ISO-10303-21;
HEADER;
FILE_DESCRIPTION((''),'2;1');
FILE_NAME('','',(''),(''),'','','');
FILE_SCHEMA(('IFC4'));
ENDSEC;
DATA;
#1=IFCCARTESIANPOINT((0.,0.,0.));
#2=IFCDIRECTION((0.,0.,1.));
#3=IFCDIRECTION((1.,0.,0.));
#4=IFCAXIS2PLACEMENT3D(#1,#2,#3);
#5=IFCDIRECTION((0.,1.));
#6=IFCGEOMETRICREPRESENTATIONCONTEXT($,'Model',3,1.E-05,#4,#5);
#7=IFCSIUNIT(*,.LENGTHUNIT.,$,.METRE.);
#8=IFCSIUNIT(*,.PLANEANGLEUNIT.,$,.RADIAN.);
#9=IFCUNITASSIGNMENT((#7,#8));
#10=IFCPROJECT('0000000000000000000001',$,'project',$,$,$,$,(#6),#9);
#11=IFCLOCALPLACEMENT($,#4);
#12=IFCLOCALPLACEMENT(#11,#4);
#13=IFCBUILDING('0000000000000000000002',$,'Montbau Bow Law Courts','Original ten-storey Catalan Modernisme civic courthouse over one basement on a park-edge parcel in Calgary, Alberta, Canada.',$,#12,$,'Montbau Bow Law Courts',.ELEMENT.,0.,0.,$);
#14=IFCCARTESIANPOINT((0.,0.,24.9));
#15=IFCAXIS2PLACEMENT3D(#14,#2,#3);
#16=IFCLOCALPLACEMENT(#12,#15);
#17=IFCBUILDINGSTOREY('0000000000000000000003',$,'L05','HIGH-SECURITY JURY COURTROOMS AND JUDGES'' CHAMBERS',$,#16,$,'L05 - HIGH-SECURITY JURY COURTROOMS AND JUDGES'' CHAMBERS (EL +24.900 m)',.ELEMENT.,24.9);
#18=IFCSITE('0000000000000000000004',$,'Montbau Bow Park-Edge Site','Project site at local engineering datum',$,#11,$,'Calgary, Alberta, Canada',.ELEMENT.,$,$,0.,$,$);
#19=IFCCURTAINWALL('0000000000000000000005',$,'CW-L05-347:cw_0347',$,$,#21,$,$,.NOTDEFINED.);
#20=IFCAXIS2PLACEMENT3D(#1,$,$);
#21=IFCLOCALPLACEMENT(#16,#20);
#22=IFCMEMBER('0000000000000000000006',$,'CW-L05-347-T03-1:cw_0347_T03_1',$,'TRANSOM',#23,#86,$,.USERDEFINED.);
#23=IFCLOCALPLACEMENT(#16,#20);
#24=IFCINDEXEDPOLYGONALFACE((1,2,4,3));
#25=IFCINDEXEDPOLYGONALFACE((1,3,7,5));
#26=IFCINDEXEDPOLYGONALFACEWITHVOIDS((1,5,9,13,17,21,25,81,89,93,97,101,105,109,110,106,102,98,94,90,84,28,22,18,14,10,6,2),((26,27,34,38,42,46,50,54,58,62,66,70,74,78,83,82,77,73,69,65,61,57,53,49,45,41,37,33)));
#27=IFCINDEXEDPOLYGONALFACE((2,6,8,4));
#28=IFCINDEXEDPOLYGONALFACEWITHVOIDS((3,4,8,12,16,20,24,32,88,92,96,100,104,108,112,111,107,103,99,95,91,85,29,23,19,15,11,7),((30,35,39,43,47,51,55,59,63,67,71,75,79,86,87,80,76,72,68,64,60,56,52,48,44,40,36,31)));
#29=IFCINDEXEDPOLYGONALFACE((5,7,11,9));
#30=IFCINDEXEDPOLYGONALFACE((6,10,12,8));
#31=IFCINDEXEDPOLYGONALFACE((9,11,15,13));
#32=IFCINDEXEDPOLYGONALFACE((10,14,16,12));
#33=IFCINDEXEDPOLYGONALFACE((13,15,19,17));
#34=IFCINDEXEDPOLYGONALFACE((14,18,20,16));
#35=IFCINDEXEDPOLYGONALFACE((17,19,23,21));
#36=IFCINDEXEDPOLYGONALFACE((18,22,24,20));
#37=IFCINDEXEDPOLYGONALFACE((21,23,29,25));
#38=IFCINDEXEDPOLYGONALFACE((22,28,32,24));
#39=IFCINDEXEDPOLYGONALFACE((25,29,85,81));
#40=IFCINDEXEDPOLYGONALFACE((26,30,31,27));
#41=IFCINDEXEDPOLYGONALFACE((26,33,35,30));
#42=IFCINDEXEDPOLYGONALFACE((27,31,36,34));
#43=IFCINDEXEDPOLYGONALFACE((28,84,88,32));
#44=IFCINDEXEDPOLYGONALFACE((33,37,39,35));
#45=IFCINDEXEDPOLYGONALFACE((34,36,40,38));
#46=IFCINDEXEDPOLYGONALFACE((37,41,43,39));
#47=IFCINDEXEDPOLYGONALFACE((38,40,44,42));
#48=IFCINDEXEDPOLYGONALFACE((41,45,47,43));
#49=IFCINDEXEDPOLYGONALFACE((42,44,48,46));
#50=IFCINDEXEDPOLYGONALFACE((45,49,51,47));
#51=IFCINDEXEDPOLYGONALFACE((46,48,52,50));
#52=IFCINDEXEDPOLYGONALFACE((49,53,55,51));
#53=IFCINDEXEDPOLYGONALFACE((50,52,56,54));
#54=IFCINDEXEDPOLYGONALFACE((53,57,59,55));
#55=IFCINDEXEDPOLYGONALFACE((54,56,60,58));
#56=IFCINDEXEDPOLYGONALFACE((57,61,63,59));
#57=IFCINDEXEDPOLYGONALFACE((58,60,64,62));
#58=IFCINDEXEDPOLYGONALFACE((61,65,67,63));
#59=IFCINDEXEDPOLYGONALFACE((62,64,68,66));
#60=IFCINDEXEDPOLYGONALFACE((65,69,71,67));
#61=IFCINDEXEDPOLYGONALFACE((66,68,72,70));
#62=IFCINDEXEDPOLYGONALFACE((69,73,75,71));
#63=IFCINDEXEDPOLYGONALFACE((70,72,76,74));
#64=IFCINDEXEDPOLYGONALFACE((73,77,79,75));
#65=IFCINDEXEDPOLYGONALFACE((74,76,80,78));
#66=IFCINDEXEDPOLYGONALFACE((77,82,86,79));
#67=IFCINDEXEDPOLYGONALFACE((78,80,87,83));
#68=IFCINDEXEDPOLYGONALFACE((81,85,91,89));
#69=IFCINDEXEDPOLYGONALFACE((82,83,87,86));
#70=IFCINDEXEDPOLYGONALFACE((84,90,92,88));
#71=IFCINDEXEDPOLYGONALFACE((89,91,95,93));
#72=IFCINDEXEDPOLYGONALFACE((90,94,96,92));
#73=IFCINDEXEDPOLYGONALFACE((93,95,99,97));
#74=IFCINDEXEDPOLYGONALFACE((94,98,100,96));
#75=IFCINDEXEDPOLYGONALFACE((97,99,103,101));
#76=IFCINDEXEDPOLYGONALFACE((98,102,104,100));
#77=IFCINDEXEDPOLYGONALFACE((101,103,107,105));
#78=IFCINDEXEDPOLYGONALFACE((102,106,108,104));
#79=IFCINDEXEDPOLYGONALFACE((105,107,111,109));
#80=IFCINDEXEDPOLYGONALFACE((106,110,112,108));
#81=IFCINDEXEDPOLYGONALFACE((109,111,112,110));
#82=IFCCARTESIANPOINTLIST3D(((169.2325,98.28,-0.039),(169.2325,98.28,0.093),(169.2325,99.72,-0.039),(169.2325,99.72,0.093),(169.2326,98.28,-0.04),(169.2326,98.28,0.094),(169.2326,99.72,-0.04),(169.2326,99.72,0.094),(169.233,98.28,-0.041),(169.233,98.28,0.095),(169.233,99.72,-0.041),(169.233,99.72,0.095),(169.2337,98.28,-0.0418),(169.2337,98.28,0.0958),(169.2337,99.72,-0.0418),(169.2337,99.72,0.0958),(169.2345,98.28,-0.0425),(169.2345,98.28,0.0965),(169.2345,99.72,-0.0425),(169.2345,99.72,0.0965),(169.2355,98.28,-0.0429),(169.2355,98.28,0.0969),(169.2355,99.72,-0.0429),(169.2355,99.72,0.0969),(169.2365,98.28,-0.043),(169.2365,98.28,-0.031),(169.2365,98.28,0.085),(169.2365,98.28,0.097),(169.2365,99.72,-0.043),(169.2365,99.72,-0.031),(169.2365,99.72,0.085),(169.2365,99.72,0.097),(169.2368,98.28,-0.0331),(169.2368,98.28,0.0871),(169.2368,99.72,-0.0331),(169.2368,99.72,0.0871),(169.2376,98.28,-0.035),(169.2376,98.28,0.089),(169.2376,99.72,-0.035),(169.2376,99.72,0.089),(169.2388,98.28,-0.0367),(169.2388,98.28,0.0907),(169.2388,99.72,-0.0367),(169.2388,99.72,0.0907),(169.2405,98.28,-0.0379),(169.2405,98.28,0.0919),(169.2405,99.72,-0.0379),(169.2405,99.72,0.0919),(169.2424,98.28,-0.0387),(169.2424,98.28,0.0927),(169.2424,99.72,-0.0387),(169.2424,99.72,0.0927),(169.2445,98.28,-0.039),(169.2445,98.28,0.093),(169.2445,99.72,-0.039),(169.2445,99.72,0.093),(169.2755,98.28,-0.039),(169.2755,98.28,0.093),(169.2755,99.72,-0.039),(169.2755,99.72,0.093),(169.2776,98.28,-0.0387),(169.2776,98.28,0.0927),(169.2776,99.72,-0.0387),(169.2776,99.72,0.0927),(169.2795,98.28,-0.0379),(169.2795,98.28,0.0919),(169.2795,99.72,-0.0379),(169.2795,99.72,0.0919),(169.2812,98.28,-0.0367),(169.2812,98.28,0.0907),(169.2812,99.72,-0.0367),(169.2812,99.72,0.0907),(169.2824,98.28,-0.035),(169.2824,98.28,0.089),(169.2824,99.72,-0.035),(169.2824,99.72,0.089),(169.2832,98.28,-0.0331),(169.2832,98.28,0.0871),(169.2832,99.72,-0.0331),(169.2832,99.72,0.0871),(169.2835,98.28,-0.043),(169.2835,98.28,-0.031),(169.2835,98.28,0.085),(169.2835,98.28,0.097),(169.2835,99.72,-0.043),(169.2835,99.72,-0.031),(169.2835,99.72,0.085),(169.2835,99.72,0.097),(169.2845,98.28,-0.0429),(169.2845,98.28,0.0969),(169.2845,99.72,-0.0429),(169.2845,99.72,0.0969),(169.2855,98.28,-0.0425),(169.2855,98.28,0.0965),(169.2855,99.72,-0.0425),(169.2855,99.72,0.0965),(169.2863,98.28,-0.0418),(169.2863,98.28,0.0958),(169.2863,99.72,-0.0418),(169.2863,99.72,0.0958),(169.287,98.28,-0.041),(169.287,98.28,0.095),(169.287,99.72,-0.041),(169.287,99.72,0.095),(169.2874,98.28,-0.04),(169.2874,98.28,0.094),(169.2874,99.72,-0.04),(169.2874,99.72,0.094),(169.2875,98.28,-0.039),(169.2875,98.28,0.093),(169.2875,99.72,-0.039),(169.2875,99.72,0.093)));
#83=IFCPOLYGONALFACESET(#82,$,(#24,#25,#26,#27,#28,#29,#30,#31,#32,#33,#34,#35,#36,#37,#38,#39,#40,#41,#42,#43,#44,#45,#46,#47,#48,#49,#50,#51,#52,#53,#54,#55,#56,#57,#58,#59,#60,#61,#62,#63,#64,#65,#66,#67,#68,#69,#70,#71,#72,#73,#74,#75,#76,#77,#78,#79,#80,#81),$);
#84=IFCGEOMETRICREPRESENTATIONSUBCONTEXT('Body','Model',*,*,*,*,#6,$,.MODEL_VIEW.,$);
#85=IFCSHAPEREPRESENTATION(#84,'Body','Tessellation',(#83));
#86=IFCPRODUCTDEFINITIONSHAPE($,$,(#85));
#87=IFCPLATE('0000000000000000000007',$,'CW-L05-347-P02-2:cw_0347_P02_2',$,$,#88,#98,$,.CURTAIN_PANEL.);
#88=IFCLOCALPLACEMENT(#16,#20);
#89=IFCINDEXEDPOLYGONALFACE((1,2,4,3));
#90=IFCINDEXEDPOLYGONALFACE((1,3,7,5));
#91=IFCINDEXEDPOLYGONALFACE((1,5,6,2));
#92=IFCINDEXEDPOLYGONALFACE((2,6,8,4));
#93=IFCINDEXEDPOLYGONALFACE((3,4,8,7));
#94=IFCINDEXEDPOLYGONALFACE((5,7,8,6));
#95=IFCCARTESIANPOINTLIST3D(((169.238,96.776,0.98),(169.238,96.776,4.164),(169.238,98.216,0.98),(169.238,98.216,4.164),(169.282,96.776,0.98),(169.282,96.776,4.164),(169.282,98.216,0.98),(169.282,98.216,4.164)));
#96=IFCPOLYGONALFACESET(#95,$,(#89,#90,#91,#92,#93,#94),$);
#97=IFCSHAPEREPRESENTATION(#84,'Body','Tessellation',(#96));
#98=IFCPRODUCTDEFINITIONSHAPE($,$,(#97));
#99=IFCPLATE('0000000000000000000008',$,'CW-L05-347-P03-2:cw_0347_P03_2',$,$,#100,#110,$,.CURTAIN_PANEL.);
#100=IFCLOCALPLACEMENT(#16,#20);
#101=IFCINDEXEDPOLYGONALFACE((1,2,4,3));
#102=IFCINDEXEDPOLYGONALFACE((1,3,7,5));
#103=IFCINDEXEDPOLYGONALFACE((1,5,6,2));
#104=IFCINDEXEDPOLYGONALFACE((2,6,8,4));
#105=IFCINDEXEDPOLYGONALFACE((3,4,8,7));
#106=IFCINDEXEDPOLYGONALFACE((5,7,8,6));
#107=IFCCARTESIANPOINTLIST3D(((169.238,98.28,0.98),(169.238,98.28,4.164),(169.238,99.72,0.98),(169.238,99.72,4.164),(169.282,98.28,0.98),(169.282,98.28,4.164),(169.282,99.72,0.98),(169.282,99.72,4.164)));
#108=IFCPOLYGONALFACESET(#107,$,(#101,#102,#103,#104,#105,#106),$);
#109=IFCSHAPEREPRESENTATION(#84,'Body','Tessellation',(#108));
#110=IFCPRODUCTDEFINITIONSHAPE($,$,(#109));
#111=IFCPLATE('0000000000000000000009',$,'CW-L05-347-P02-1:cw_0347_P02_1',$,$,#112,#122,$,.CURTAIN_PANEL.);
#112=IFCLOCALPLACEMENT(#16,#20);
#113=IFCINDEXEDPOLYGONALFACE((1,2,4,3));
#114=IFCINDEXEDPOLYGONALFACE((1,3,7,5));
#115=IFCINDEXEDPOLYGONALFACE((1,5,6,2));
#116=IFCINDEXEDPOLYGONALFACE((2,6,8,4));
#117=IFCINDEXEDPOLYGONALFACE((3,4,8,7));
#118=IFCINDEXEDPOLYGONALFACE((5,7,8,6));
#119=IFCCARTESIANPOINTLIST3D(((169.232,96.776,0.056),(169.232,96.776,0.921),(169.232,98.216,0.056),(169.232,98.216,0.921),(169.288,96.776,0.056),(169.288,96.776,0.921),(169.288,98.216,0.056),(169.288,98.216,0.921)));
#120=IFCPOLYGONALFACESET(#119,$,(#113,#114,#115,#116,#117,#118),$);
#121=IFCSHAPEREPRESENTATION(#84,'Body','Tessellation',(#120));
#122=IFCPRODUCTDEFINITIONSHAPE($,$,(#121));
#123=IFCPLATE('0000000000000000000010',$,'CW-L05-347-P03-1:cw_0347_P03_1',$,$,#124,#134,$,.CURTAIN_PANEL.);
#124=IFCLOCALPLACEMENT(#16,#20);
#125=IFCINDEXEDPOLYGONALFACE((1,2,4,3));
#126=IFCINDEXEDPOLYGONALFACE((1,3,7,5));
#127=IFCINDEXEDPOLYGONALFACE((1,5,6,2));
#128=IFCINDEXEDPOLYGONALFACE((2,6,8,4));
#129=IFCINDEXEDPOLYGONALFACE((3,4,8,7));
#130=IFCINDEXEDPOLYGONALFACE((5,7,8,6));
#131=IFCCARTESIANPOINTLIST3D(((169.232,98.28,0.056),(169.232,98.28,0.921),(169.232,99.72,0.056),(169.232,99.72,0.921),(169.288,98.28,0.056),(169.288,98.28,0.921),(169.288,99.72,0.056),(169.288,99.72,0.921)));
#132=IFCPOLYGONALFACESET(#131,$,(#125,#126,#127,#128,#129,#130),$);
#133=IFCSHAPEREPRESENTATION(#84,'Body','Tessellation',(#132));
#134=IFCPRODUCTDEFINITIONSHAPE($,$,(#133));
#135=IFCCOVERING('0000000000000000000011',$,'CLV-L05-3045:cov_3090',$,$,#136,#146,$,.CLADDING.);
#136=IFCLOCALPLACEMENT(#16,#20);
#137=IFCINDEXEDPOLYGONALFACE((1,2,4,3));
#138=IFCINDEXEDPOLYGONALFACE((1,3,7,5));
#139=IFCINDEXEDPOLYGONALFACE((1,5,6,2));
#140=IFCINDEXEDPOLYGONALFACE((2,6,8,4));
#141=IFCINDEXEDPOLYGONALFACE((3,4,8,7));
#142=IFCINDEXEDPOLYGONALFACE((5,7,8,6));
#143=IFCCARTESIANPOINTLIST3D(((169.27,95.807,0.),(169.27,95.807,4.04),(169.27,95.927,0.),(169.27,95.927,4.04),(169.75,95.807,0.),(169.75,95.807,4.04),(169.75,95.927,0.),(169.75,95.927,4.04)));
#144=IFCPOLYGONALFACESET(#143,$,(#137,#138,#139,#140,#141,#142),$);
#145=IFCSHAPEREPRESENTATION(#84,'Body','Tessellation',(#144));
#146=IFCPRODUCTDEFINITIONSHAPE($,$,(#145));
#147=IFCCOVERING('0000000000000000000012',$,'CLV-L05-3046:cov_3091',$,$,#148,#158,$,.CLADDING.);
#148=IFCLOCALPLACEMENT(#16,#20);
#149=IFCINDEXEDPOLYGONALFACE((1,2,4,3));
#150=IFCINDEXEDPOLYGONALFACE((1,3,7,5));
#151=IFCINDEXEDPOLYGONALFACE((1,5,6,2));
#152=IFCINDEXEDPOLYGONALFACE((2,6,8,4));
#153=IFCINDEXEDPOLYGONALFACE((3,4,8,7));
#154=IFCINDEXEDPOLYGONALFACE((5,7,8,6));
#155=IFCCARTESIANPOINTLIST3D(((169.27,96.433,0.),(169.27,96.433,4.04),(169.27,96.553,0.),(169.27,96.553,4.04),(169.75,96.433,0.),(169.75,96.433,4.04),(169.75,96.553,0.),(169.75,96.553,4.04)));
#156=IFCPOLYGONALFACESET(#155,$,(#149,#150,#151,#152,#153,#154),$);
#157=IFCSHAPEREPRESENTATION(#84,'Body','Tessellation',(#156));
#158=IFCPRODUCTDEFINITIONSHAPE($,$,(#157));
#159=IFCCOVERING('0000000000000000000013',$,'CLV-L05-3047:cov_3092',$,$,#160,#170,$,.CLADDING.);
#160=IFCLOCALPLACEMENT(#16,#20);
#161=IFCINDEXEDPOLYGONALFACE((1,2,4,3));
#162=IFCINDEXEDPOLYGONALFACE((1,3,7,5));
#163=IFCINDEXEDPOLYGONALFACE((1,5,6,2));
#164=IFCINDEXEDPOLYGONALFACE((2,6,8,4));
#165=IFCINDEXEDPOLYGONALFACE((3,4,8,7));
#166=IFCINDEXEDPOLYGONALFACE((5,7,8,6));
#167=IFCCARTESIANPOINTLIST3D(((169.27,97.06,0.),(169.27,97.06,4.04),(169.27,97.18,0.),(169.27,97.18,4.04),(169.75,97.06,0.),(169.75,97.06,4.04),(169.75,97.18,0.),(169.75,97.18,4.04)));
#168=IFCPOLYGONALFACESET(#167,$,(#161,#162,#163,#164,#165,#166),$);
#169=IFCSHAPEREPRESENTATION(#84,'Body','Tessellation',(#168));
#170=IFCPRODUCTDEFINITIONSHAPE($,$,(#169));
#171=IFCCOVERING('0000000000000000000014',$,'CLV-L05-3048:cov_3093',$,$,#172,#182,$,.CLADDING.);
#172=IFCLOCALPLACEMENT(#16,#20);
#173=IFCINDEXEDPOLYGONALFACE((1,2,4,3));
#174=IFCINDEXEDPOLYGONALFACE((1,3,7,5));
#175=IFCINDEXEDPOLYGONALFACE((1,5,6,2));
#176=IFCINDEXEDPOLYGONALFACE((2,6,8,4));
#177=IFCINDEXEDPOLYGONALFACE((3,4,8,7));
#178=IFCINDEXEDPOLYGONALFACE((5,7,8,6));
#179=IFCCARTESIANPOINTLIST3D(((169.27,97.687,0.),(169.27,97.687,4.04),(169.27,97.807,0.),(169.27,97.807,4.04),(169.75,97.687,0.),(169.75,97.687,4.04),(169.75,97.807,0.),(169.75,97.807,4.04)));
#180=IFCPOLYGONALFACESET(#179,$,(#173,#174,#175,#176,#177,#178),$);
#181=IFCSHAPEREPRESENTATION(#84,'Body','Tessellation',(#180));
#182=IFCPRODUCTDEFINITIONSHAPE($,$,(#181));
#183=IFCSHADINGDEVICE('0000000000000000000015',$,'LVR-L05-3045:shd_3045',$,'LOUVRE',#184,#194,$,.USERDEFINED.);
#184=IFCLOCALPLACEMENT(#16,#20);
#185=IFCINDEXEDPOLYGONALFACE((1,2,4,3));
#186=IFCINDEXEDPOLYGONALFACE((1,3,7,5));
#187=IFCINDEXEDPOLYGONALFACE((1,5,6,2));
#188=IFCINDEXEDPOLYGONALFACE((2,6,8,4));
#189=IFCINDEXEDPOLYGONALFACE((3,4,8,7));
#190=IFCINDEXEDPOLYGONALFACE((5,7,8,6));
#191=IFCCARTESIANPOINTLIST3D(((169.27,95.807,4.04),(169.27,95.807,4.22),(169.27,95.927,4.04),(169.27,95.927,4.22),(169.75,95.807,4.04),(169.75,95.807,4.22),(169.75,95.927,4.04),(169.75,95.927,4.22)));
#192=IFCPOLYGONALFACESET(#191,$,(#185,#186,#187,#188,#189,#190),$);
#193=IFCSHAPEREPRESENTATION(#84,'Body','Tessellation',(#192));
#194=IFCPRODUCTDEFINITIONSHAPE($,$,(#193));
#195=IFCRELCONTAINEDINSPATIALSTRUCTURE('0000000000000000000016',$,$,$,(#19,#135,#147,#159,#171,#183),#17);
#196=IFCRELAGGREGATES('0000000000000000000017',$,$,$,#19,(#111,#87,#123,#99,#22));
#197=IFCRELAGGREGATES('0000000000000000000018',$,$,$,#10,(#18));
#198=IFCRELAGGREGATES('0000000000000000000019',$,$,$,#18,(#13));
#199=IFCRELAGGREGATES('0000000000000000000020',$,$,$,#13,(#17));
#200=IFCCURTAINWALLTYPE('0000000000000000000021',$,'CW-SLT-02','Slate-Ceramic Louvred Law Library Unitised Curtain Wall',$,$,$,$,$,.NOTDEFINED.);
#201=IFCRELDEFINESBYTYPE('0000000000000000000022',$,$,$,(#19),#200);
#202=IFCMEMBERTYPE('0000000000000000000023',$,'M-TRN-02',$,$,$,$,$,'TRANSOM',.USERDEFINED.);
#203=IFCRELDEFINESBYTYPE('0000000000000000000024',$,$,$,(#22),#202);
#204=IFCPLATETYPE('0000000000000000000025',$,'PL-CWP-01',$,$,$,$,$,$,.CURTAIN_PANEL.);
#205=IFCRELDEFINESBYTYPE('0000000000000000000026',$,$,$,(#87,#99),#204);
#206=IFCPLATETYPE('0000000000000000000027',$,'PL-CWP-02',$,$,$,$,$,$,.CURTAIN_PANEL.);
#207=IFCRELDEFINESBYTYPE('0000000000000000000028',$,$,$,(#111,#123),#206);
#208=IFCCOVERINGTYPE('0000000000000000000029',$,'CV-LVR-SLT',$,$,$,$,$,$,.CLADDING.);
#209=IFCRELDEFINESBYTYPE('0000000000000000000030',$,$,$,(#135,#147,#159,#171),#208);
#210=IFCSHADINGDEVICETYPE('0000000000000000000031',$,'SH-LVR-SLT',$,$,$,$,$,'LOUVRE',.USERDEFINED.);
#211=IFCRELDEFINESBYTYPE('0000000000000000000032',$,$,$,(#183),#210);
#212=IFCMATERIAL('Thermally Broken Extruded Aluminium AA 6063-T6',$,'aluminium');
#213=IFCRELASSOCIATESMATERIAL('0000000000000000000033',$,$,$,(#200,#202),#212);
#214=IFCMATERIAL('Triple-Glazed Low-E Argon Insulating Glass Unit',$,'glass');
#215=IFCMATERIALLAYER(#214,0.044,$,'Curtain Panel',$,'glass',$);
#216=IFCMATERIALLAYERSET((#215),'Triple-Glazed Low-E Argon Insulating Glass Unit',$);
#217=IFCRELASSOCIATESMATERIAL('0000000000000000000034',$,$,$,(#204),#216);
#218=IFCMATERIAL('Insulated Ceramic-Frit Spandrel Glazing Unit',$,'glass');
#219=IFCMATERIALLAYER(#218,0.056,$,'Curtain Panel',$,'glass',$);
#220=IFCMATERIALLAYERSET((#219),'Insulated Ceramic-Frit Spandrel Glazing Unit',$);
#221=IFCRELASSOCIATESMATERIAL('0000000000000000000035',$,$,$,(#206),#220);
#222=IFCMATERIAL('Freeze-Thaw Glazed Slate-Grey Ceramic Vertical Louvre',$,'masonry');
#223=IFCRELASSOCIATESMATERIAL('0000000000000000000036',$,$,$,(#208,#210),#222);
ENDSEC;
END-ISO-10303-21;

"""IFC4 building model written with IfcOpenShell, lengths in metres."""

from ifc_helpers import new_model, si_unit, direction, frame, frame_2d, origin_with_axes, origin_2d_with_axis, place, context, subcontext, project, spatial, rectangle, hollow_rectangle, extrude, material, layer, layer_set, material_profile, profile_set, type_object, element, aggregate, save


model = new_model("IFC4")

# Units and contexts
model_context = context("Model", 3, precision=1e-05, world=origin_with_axes(), true_north=direction((0.0, 1.0)))
body_context = subcontext(model_context, "Body", "Model", "MODEL_VIEW")
ifc_project = project(units=[si_unit("LENGTHUNIT", "METRE"), si_unit("PLANEANGLEUNIT", "RADIAN")], contexts=[model_context])

# Site, building, storey
site_placement = place(None, origin_with_axes())
site = spatial("IfcSite", under=ifc_project, at=site_placement, Name="Montbau Bow Park-Edge Site", Description="Project site at local engineering datum", LongName="Calgary, Alberta, Canada", CompositionType="ELEMENT", RefElevation=0.0)
building_placement = place(site_placement, origin_with_axes())
building = spatial("IfcBuilding", under=site, at=building_placement, Name="Montbau Bow Law Courts", Description="Original ten-storey Catalan Modernisme civic courthouse over one basement on a park-edge parcel in Calgary, Alberta, Canada.", LongName="Montbau Bow Law Courts", CompositionType="ELEMENT", ElevationOfRefHeight=0.0, ElevationOfTerrain=0.0)
storey_placement = place(building_placement, frame((0.0, 0.0, 24.9), z_axis=(0.0, 0.0, 1.0), x_axis=(1.0, 0.0, 0.0)))
storey = spatial("IfcBuildingStorey", under=building, at=storey_placement, Name="L05", Description="HIGH-SECURITY JURY COURTROOMS AND JUDGES' CHAMBERS", LongName="L05 - HIGH-SECURITY JURY COURTROOMS AND JUDGES' CHAMBERS (EL +24.900 m)", CompositionType="ELEMENT", Elevation=24.9)

# Curtain wall, member, plates
ifc_material_1 = material(Name="Thermally Broken Extruded Aluminium AA 6063-T6", Category="aluminium")
curtain_wall_type = type_object("IfcCurtainWallType", Name="CW-SLT-02", Description="Slate-Ceramic Louvred Law Library Unitised Curtain Wall", PredefinedType="NOTDEFINED", material=ifc_material_1)
curtain_wall_placement = place(None, frame((169.26, 95.24, 24.9), z_axis=(0.0, 0.0, 1.0), x_axis=(1.0, 0.0, 0.0)))
curtain_wall = element("IfcCurtainWall", 1, at=curtain_wall_placement, inside=storey, type_object=curtain_wall_type, Name="CW-L05-347:cw_0347", PredefinedType="NOTDEFINED")
ifc_material_profile_1 = material_profile(ifc_material_1, hollow_rectangle(XDim=0.055, YDim=0.14, WallThickness=0.004, InnerFilletRadius=0.008, OuterFilletRadius=0.004, at=origin_2d_with_axis()), Name="CWT-140X55", Category="Main", Priority=0)
ifc_profile_set_1 = profile_set([ifc_material_profile_1], Name="Thermally Broken Extruded Aluminium AA 6063-T6")
member_type_1 = type_object("IfcMemberType", Name="M-TRN-02", ElementType="TRANSOM", PredefinedType="USERDEFINED", material=ifc_profile_set_1)
member_1_placement = place(None, frame((169.26, 98.28, 24.927), z_axis=(0.0, 1.0, 0.0), x_axis=(-1.0, 0.0, 0.0)))
member_1 = element("IfcMember", 2, at=member_1_placement, type_object=member_type_1, Name="CW-L05-347-T03-1:cw_0347_T03_1", ObjectType="TRANSOM", PredefinedType="USERDEFINED", context=body_context, shape_type="SweptSolid", body=[
    extrude(hollow_rectangle(XDim=0.055, YDim=0.14, WallThickness=0.004, InnerFilletRadius=0.008, OuterFilletRadius=0.004, at=origin_2d_with_axis()), origin_with_axes(), (0.0, 0.0, 1.0), 1.44),
])
ifc_material_2 = material(Name="Triple-Glazed Low-E Argon Insulating Glass Unit", Category="glass")
ifc_layer_1 = layer(ifc_material_2, 0.044, Name="Curtain Panel", Category="glass")
ifc_layer_set_1 = layer_set([ifc_layer_1], Name="Triple-Glazed Low-E Argon Insulating Glass Unit")
plate_type_1 = type_object("IfcPlateType", Name="PL-CWP-01", PredefinedType="CURTAIN_PANEL", material=ifc_layer_set_1)
plate_1_placement = place(None, frame((169.26, 96.776, 25.88), z_axis=(1.0, 0.0, 0.0), x_axis=(0.0, 1.0, 0.0)))
plate_1 = element("IfcPlate", 3, at=plate_1_placement, type_object=plate_type_1, Name="CW-L05-347-P02-2:cw_0347_P02_2", PredefinedType="CURTAIN_PANEL", context=body_context, shape_type="SweptSolid", body=[
    extrude(rectangle(XDim=1.44, YDim=3.184, at=frame_2d((0.72, 1.592), x_axis=(1.0, 0.0))), frame((0.0, 0.0, -0.022), z_axis=(0.0, 0.0, 1.0), x_axis=(1.0, 0.0, 0.0)), (0.0, 0.0, 1.0), 0.044),
])
plate_2_placement = place(None, frame((169.26, 98.28, 25.88), z_axis=(1.0, 0.0, 0.0), x_axis=(0.0, 1.0, 0.0)))
plate_2 = element("IfcPlate", 4, at=plate_2_placement, type_object=plate_type_1, Name="CW-L05-347-P03-2:cw_0347_P03_2", PredefinedType="CURTAIN_PANEL", context=body_context, shape_type="SweptSolid", body=[
    extrude(rectangle(XDim=1.44, YDim=3.184, at=frame_2d((0.72, 1.592), x_axis=(1.0, 0.0))), frame((0.0, 0.0, -0.022), z_axis=(0.0, 0.0, 1.0), x_axis=(1.0, 0.0, 0.0)), (0.0, 0.0, 1.0), 0.044),
])
ifc_material_3 = material(Name="Insulated Ceramic-Frit Spandrel Glazing Unit", Category="glass")
ifc_layer_2 = layer(ifc_material_3, 0.056, Name="Curtain Panel", Category="glass")
ifc_layer_set_2 = layer_set([ifc_layer_2], Name="Insulated Ceramic-Frit Spandrel Glazing Unit")
plate_type_2 = type_object("IfcPlateType", Name="PL-CWP-02", PredefinedType="CURTAIN_PANEL", material=ifc_layer_set_2)
plate_3_placement = place(None, frame((169.26, 96.776, 24.956), z_axis=(1.0, 0.0, 0.0), x_axis=(0.0, 1.0, 0.0)))
plate_3 = element("IfcPlate", 5, at=plate_3_placement, type_object=plate_type_2, Name="CW-L05-347-P02-1:cw_0347_P02_1", PredefinedType="CURTAIN_PANEL", context=body_context, shape_type="SweptSolid", body=[
    extrude(rectangle(XDim=1.44, YDim=0.865, at=frame_2d((0.72, 0.4325), x_axis=(1.0, 0.0))), frame((0.0, 0.0, -0.028), z_axis=(0.0, 0.0, 1.0), x_axis=(1.0, 0.0, 0.0)), (0.0, 0.0, 1.0), 0.056),
])
plate_4_placement = place(None, frame((169.26, 98.28, 24.956), z_axis=(1.0, 0.0, 0.0), x_axis=(0.0, 1.0, 0.0)))
plate_4 = element("IfcPlate", 6, at=plate_4_placement, type_object=plate_type_2, Name="CW-L05-347-P03-1:cw_0347_P03_1", PredefinedType="CURTAIN_PANEL", context=body_context, shape_type="SweptSolid", body=[
    extrude(rectangle(XDim=1.44, YDim=0.865, at=frame_2d((0.72, 0.4325), x_axis=(1.0, 0.0))), frame((0.0, 0.0, -0.028), z_axis=(0.0, 0.0, 1.0), x_axis=(1.0, 0.0, 0.0)), (0.0, 0.0, 1.0), 0.056),
])
aggregate(curtain_wall, [plate_3, plate_1, plate_4, plate_2, member_1])

# Coverings
ifc_material_4 = material(Name="Freeze-Thaw Glazed Slate-Grey Ceramic Vertical Louvre", Category="masonry")
covering_type = type_object("IfcCoveringType", Name="CV-LVR-SLT", PredefinedType="CLADDING", material=ifc_material_4)
for number, where, z_axis, x_axis, name in (
    (7, (169.27, 95.867, 24.9), (0.0, -1.0, 0.0), (1.0, 0.0, 0.0), "CLV-L05-3045:cov_3090"),
    (8, (169.27, 96.493, 24.9), (0.0, -1.0, 0.0), (1.0, 0.0, 0.0), "CLV-L05-3046:cov_3091"),
    (9, (169.27, 97.12, 24.9), (0.0, -1.0, 0.0), (1.0, 0.0, 0.0), "CLV-L05-3047:cov_3092"),
    (10, (169.27, 97.747, 24.9), (0.0, -1.0, 0.0), (1.0, 0.0, 0.0), "CLV-L05-3048:cov_3093"),
):
    element("IfcCovering", number, at=place(None, frame(where, z_axis=z_axis, x_axis=x_axis)), inside=storey, type_object=covering_type, Name=name, PredefinedType="CLADDING", context=body_context, shape_type="SweptSolid", body=[
        extrude(rectangle(XDim=0.48, YDim=4.04, at=frame_2d((0.24, 2.02), x_axis=(1.0, 0.0))), frame((0.0, 0.0, -0.06), z_axis=(0.0, 0.0, 1.0), x_axis=(1.0, 0.0, 0.0)), (0.0, 0.0, 1.0), 0.12),
    ])

# Shading device
shading_device_type = type_object("IfcShadingDeviceType", Name="SH-LVR-SLT", ElementType="LOUVRE", PredefinedType="USERDEFINED", material=ifc_material_4)
for number, where, z_axis, x_axis, name in (
    (11, (169.51, 95.867, 28.94), (0.0, 0.0, 1.0), (1.0, 0.0, 0.0), "LVR-L05-3045:shd_3045"),
):
    element("IfcShadingDevice", number, at=place(None, frame(where, z_axis=z_axis, x_axis=x_axis)), inside=storey, type_object=shading_device_type, Name=name, ObjectType="LOUVRE", PredefinedType="USERDEFINED", context=body_context, shape_type="SweptSolid", body=[
        extrude(rectangle(XDim=0.48, YDim=0.12, at=origin_2d_with_axis()), origin_with_axes(), (0.0, 0.0, 1.0), 0.18),
    ])

save(model, "model.ifc")
